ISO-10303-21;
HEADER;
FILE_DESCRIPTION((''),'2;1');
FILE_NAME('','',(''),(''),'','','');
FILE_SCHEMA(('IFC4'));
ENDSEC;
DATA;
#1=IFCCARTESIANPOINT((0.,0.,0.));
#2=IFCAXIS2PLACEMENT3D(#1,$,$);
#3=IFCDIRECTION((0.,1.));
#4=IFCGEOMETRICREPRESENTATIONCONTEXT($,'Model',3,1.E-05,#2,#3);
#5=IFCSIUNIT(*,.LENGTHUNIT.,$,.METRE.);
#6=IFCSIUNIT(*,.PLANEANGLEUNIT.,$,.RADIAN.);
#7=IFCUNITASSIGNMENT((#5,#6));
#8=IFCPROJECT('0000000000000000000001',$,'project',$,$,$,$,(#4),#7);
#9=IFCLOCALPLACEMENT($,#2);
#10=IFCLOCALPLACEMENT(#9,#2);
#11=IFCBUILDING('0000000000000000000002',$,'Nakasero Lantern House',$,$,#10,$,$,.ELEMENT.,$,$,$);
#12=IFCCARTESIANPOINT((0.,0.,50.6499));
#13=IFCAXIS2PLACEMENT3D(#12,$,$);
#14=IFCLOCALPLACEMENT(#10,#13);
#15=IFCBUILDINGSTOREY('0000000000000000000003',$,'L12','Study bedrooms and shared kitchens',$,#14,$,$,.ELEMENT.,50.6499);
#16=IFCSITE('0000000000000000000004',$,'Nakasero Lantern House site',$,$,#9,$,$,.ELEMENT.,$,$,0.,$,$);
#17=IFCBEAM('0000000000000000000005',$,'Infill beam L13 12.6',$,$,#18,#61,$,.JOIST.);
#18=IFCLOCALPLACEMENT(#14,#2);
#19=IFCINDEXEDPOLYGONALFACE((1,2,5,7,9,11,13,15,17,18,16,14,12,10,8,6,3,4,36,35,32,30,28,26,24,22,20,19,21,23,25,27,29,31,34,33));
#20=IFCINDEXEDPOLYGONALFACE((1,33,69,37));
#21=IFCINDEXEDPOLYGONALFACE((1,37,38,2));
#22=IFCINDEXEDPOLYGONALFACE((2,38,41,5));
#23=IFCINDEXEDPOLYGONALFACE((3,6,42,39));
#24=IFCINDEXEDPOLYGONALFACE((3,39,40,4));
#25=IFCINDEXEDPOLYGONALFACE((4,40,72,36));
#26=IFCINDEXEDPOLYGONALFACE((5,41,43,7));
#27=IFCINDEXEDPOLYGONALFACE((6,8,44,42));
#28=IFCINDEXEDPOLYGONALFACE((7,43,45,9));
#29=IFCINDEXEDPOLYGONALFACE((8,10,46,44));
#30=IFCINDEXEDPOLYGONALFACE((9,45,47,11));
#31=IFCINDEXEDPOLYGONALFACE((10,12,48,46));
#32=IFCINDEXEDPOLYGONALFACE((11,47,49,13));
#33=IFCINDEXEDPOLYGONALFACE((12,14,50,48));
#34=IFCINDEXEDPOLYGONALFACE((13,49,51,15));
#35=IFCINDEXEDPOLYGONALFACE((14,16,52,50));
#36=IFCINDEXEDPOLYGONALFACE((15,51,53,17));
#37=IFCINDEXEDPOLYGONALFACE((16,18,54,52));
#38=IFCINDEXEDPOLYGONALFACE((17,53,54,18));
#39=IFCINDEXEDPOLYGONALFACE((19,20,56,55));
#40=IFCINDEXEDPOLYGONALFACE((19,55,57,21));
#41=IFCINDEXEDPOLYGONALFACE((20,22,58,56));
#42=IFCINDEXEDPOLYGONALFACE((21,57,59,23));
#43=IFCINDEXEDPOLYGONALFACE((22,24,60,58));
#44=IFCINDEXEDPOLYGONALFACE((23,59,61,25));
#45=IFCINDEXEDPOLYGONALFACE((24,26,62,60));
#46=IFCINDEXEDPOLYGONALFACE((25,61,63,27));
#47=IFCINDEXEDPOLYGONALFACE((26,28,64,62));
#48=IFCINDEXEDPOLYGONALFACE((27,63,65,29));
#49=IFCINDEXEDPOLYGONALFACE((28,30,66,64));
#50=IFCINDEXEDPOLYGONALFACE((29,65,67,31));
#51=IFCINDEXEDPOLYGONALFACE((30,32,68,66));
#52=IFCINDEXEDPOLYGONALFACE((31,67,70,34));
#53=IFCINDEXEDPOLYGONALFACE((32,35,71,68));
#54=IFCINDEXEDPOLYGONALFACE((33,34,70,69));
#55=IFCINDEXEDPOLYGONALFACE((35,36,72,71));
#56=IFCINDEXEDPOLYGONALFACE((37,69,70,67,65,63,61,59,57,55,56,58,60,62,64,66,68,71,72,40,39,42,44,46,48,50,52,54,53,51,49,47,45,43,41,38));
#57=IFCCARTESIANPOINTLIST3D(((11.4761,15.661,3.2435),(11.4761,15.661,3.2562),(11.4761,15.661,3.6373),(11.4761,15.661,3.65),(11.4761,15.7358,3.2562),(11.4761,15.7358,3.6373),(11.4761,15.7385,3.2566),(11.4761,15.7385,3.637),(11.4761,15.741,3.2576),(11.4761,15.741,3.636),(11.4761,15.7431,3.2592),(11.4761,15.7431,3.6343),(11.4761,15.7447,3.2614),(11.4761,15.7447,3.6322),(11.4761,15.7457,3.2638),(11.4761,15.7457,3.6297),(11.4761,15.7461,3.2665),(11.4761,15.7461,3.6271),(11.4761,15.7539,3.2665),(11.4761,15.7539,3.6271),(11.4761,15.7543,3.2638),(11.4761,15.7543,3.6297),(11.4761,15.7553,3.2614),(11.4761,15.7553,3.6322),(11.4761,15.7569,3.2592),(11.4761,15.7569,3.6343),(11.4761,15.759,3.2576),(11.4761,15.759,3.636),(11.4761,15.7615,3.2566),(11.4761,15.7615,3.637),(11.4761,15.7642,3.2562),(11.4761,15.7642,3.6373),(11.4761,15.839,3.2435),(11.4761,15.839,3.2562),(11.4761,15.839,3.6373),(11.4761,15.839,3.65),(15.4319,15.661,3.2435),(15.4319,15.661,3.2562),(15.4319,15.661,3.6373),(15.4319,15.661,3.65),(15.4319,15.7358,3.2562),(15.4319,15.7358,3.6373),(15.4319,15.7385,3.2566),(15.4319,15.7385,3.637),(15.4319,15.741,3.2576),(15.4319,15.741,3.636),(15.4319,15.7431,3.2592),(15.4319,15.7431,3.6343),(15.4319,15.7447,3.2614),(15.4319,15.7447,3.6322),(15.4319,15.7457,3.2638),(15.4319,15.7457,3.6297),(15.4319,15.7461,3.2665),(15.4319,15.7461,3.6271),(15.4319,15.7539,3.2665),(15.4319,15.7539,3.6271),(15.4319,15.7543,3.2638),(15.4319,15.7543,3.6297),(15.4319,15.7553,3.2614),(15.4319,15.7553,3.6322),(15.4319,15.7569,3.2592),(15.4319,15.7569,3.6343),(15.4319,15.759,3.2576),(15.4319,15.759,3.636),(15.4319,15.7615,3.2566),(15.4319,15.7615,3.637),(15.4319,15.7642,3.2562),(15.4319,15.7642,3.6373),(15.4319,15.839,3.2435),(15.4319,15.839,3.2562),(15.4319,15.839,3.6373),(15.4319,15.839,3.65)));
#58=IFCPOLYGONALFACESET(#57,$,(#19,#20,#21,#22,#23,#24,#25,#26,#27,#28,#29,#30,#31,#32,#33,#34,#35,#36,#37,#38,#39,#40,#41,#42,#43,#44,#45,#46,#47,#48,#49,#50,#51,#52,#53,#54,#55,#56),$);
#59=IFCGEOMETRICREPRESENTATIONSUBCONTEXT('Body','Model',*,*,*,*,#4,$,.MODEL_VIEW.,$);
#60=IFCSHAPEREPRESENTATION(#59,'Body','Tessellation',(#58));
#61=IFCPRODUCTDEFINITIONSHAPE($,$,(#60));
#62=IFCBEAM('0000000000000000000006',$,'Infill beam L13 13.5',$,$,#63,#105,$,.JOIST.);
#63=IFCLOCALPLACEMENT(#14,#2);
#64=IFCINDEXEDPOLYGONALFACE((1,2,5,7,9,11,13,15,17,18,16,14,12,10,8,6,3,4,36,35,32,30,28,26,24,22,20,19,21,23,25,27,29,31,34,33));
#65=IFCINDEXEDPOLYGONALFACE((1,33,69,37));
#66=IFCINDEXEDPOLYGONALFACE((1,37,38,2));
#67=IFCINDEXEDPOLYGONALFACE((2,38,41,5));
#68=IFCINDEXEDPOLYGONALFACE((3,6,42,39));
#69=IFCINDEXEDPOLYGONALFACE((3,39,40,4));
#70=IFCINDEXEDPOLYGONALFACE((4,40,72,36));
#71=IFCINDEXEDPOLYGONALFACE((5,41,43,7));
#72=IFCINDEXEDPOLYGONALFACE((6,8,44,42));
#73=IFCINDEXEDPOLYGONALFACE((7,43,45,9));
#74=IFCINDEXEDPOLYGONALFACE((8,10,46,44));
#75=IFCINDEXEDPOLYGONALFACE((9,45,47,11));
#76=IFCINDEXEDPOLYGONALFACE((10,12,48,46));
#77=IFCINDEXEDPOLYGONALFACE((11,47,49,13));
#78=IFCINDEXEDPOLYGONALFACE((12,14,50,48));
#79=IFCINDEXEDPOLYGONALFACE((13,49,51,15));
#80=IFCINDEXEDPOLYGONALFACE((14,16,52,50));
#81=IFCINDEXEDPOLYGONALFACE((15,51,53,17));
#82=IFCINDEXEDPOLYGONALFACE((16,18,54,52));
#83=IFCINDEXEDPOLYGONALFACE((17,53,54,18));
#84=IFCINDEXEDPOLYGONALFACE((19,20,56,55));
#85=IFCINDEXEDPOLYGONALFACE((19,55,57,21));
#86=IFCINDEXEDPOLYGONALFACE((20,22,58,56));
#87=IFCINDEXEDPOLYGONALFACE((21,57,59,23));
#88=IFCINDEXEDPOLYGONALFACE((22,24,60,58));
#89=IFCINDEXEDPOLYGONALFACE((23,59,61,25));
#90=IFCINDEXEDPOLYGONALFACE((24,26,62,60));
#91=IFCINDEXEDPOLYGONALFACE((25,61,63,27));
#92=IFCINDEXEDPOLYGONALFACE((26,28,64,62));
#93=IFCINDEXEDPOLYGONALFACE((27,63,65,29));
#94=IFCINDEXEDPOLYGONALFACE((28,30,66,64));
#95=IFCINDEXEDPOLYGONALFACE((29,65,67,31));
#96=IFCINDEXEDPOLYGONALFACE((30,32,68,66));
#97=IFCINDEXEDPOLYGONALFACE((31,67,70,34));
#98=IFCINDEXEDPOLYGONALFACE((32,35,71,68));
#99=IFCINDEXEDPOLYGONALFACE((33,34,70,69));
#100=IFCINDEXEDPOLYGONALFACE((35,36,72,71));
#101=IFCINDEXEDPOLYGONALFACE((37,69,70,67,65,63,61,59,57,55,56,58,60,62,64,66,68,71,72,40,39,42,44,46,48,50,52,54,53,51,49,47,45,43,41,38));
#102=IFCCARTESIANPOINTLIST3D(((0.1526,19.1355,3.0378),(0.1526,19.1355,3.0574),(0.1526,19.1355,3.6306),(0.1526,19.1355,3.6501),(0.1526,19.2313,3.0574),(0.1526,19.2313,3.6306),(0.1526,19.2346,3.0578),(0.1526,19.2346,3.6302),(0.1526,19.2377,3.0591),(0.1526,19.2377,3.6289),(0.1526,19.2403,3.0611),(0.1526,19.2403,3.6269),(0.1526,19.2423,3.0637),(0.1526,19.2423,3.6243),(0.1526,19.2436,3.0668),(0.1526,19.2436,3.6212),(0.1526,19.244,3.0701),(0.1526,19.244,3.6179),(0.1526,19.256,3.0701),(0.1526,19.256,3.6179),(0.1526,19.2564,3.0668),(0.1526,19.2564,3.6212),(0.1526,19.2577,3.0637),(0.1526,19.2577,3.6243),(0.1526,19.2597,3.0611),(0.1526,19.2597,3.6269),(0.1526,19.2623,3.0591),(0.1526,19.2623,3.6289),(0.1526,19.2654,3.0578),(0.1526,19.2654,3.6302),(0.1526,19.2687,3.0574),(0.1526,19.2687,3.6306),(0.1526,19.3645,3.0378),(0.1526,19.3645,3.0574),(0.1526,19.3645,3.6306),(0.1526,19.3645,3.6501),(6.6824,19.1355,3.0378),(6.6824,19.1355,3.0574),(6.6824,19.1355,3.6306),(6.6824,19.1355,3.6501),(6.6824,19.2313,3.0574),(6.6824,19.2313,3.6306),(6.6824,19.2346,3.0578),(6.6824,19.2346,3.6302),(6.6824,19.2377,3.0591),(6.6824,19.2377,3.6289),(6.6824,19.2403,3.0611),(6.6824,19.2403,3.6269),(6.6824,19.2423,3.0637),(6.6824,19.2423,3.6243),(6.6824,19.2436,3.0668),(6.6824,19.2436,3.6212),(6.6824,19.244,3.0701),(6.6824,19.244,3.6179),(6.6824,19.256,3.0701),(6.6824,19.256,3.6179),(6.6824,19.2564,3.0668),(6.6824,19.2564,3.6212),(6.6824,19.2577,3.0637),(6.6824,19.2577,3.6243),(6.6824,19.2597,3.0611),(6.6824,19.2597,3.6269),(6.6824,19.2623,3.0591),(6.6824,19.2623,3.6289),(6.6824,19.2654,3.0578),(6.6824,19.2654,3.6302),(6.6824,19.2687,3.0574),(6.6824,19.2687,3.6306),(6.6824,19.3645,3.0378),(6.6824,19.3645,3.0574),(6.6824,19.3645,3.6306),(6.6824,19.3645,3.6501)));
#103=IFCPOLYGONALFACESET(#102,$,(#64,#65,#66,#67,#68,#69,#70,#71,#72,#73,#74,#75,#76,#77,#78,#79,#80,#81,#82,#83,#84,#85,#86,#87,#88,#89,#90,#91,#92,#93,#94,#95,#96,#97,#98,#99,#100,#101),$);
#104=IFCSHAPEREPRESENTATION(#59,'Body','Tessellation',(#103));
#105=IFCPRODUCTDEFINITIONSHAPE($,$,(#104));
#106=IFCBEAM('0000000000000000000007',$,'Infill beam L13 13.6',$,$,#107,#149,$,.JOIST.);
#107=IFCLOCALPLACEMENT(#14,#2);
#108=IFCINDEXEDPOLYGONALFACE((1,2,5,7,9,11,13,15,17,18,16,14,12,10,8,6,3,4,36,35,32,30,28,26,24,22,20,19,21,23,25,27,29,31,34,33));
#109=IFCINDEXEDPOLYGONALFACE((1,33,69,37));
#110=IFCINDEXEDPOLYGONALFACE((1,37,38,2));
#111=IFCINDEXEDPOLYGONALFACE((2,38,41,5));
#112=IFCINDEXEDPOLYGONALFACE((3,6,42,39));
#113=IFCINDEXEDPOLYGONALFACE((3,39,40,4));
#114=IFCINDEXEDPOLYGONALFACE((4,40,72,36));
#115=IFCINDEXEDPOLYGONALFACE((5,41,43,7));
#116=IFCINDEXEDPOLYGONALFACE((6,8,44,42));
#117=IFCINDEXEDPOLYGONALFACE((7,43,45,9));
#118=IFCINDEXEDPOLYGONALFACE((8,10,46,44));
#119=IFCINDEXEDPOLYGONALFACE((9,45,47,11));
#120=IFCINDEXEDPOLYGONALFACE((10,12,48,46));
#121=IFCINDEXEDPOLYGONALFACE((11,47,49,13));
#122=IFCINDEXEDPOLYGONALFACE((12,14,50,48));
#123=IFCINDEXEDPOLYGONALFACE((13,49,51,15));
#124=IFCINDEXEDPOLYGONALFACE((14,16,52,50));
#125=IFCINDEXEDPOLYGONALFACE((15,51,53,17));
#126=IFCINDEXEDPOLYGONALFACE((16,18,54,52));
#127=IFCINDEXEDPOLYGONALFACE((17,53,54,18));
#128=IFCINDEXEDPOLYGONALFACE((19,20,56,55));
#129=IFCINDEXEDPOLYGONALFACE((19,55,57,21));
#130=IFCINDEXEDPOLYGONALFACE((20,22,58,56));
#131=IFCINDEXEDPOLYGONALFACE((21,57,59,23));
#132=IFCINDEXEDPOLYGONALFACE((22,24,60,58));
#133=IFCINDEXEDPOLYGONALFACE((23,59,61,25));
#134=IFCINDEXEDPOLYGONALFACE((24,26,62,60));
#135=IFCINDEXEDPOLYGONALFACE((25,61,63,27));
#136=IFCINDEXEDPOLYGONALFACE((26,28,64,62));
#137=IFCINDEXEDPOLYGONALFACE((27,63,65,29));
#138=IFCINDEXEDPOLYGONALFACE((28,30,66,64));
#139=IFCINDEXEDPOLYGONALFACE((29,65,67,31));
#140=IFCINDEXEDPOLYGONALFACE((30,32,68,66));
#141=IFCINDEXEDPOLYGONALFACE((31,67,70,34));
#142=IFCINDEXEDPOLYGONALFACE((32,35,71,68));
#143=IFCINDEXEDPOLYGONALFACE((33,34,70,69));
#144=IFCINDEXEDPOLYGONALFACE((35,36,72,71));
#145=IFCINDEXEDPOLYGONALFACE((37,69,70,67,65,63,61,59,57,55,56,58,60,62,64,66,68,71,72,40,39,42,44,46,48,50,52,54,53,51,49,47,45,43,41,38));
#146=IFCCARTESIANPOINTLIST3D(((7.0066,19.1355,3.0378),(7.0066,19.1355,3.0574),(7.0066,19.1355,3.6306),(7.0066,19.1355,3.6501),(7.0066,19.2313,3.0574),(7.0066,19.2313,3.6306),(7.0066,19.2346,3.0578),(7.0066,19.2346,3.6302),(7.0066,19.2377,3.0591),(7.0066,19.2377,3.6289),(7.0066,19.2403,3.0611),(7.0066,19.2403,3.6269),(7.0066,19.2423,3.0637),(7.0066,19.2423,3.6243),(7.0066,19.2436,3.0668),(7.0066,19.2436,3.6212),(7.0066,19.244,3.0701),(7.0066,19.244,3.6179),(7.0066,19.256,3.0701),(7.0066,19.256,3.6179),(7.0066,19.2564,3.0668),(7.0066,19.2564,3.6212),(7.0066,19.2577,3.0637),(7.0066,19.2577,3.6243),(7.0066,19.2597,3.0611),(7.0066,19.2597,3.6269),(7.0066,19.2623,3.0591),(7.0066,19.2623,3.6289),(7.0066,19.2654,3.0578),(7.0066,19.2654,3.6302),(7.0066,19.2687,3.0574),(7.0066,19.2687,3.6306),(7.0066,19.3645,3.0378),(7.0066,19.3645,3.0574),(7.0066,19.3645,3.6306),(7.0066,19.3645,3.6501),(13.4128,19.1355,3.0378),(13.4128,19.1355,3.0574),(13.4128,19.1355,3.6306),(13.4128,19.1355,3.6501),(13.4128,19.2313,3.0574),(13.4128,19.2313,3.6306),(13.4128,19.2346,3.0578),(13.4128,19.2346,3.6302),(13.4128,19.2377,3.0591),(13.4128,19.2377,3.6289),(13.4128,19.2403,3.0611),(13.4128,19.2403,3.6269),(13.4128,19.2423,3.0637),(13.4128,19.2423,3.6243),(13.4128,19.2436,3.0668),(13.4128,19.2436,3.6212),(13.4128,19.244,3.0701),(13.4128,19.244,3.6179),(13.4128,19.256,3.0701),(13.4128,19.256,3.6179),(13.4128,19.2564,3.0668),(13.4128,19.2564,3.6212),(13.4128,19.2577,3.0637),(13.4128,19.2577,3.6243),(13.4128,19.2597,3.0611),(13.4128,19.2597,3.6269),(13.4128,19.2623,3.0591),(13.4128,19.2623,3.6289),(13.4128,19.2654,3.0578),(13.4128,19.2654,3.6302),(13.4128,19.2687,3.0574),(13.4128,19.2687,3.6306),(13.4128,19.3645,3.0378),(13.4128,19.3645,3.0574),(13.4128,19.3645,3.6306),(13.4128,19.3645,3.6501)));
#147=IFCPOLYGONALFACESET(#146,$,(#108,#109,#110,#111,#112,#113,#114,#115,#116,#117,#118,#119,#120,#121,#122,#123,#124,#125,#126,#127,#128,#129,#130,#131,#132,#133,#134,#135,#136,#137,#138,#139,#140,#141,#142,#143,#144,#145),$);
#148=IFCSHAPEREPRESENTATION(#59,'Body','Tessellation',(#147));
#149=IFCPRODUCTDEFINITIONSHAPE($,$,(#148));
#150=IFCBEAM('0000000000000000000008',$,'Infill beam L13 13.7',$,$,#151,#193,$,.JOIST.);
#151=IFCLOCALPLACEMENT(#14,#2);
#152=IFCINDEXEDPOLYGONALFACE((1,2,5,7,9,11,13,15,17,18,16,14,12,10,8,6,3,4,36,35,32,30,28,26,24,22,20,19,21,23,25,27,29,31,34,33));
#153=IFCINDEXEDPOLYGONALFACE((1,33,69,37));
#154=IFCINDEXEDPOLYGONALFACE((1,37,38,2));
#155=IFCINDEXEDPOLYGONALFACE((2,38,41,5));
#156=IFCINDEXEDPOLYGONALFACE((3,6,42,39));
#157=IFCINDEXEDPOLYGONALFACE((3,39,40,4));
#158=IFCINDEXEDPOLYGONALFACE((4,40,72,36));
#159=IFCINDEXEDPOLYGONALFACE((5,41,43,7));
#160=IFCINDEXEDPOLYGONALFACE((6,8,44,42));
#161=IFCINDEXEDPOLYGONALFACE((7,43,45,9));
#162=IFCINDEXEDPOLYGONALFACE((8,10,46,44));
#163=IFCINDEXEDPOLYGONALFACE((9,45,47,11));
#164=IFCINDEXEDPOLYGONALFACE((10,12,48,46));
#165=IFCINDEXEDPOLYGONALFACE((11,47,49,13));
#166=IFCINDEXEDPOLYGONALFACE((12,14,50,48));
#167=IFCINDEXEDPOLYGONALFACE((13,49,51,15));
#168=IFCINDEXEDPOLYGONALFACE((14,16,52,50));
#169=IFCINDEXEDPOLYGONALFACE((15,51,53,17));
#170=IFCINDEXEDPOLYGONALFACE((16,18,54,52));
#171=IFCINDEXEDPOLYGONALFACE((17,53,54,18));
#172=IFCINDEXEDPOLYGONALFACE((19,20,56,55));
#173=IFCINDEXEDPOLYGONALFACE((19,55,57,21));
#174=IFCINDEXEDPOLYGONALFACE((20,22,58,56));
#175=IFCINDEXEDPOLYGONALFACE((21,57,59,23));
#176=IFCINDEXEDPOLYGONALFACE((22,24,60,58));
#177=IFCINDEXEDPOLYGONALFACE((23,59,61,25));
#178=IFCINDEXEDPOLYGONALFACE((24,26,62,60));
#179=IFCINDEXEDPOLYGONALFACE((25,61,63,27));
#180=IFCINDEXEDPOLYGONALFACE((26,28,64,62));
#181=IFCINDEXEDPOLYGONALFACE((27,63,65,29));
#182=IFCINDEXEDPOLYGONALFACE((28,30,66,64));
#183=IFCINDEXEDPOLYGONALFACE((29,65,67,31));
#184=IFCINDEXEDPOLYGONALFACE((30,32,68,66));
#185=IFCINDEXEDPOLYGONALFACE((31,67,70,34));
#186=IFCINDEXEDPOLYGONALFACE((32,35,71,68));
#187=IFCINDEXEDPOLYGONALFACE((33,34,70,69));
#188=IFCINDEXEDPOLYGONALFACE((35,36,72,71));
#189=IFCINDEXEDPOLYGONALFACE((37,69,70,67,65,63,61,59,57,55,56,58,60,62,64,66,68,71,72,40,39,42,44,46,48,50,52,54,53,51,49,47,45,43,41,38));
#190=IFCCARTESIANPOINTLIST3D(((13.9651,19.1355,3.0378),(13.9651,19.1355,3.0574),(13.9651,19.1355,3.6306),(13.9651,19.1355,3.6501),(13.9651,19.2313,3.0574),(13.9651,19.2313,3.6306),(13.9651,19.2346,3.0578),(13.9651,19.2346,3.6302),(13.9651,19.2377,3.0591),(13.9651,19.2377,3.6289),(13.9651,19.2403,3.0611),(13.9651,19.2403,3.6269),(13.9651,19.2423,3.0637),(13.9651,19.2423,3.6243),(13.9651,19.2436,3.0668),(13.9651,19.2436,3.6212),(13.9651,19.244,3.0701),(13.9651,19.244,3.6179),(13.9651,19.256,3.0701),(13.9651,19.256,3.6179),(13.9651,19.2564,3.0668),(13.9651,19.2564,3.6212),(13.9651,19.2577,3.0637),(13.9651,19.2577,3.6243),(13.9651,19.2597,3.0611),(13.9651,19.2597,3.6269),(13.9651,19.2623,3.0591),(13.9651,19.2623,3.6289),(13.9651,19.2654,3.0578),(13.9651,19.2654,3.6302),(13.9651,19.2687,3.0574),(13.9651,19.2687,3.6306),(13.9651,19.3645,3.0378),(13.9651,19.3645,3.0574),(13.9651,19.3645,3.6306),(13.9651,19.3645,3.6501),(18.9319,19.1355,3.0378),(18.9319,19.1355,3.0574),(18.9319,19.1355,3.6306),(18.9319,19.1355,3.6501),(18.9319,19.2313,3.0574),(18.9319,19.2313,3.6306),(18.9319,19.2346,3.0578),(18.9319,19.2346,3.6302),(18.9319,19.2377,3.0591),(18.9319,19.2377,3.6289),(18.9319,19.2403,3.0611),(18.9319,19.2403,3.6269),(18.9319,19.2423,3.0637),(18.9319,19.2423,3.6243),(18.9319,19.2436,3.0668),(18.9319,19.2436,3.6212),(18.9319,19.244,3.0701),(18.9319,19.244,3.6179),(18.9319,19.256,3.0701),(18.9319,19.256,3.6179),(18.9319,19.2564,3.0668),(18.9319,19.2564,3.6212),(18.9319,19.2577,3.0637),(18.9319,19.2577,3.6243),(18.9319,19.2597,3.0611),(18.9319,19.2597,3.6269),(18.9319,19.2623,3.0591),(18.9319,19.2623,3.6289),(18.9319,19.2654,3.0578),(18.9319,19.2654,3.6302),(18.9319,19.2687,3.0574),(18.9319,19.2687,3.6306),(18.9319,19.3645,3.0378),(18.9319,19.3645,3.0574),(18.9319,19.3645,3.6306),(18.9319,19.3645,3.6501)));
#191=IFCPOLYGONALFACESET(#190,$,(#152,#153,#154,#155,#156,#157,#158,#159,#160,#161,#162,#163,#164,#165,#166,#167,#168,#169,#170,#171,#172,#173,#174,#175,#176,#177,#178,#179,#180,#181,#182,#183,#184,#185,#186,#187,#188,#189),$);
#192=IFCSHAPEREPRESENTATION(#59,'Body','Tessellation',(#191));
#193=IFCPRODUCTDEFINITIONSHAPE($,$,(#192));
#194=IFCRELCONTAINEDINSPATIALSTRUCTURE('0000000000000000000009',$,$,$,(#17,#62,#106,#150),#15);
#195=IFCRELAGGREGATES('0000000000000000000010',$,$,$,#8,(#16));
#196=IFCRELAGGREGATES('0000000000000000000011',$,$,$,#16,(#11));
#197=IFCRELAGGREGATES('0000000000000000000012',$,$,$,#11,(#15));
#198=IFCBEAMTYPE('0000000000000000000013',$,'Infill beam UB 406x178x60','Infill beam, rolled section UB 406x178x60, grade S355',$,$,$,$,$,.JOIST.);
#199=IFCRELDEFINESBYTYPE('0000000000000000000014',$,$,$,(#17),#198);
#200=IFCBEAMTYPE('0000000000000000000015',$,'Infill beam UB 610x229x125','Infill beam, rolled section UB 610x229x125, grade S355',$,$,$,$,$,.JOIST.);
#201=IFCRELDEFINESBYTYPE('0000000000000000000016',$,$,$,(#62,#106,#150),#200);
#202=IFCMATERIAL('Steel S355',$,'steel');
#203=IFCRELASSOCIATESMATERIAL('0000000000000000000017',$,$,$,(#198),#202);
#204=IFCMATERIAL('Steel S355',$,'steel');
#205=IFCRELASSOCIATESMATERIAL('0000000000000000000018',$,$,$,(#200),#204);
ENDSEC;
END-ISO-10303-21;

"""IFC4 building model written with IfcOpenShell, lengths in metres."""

from ifc_helpers import new_model, si_unit, direction, frame, origin, origin_2d, place, context, subcontext, project, spatial, i_section, extrude, material, material_profile, profile_set, type_object, element, save


model = new_model("IFC4")

# Units and contexts
model_context = context("Model", 3, precision=1e-05, world=origin(), true_north=direction((0.0, 1.0)))
body_context = subcontext(model_context, "Body", "Model", "MODEL_VIEW")
ifc_project = project(units=[si_unit("LENGTHUNIT", "METRE"), si_unit("PLANEANGLEUNIT", "RADIAN")], contexts=[model_context])

# Site, building, storey
site_placement = place(None, origin())
site = spatial("IfcSite", under=ifc_project, at=site_placement, Name="Nakasero Lantern House site", CompositionType="ELEMENT", RefElevation=0.0)
building_placement = place(site_placement, origin())
building = spatial("IfcBuilding", under=site, at=building_placement, Name="Nakasero Lantern House", CompositionType="ELEMENT")
storey_placement = place(building_placement, frame((0.0, 0.0, 50.6499)))
storey = spatial("IfcBuildingStorey", under=building, at=storey_placement, Name="L12", Description="Study bedrooms and shared kitchens", CompositionType="ELEMENT", Elevation=50.6499)

# Beams
ifc_material_1 = material(Name="Steel S355", Category="steel")
ifc_material_profile_1 = material_profile(ifc_material_1, i_section(OverallWidth=0.178, OverallDepth=0.4065, WebThickness=0.0078, FlangeThickness=0.0127, FilletRadius=0.0103, at=origin_2d()), Name="UB 406x178x60")
ifc_profile_set_1 = profile_set([ifc_material_profile_1], Name="Steel S355")
beam_type_1 = type_object("IfcBeamType", Name="Infill beam UB 406x178x60", Description="Infill beam, rolled section UB 406x178x60, grade S355", PredefinedType="JOIST", material=ifc_profile_set_1)
beam_1_placement = place(storey_placement, frame((11.4761, 15.75, 3.4468), z_axis=(1.0, 0.0, 0.0), x_axis=(0.0, 1.0, 0.0)))
element("IfcBeam", 1, at=beam_1_placement, inside=storey, type_object=beam_type_1, Name="Infill beam L13 12.6", PredefinedType="JOIST", context=body_context, shape_type="SweptSolid", body=[
    extrude(i_section(OverallWidth=0.178, OverallDepth=0.4065, WebThickness=0.0078, FlangeThickness=0.0127, FilletRadius=0.0103, at=origin_2d()), origin(), (0.0, 0.0, 1.0), 3.9558),
])
ifc_material_2 = material(Name="Steel S355", Category="steel")
ifc_material_profile_2 = material_profile(ifc_material_2, i_section(OverallWidth=0.229, OverallDepth=0.6123, WebThickness=0.012, FlangeThickness=0.0195, FilletRadius=0.0127, at=origin_2d()), Name="UB 610x229x125")
ifc_profile_set_2 = profile_set([ifc_material_profile_2], Name="Steel S355")
beam_type_2 = type_object("IfcBeamType", Name="Infill beam UB 610x229x125", Description="Infill beam, rolled section UB 610x229x125, grade S355", PredefinedType="JOIST", material=ifc_profile_set_2)
beam_2_placement = place(storey_placement, frame((0.1526, 19.25, 3.344), z_axis=(1.0, 0.0, 0.0), x_axis=(0.0, 1.0, 0.0)))
element("IfcBeam", 2, at=beam_2_placement, inside=storey, type_object=beam_type_2, Name="Infill beam L13 13.5", PredefinedType="JOIST", context=body_context, shape_type="SweptSolid", body=[
    extrude(i_section(OverallWidth=0.229, OverallDepth=0.6123, WebThickness=0.012, FlangeThickness=0.0195, FilletRadius=0.0127, at=origin_2d()), origin(), (0.0, 0.0, 1.0), 6.5298),
])
beam_3_placement = place(storey_placement, frame((7.0066, 19.25, 3.344), z_axis=(1.0, 0.0, 0.0), x_axis=(0.0, 1.0, 0.0)))
element("IfcBeam", 3, at=beam_3_placement, inside=storey, type_object=beam_type_2, Name="Infill beam L13 13.6", PredefinedType="JOIST", context=body_context, shape_type="SweptSolid", body=[
    extrude(i_section(OverallWidth=0.229, OverallDepth=0.6123, WebThickness=0.012, FlangeThickness=0.0195, FilletRadius=0.0127, at=origin_2d()), origin(), (0.0, 0.0, 1.0), 6.4062),
])
beam_4_placement = place(storey_placement, frame((13.9651, 19.25, 3.344), z_axis=(1.0, 0.0, 0.0), x_axis=(0.0, 1.0, 0.0)))
element("IfcBeam", 4, at=beam_4_placement, inside=storey, type_object=beam_type_2, Name="Infill beam L13 13.7", PredefinedType="JOIST", context=body_context, shape_type="SweptSolid", body=[
    extrude(i_section(OverallWidth=0.229, OverallDepth=0.6123, WebThickness=0.012, FlangeThickness=0.0195, FilletRadius=0.0127, at=origin_2d()), origin(), (0.0, 0.0, 1.0), 4.9668),
])

save(model, "model.ifc")
